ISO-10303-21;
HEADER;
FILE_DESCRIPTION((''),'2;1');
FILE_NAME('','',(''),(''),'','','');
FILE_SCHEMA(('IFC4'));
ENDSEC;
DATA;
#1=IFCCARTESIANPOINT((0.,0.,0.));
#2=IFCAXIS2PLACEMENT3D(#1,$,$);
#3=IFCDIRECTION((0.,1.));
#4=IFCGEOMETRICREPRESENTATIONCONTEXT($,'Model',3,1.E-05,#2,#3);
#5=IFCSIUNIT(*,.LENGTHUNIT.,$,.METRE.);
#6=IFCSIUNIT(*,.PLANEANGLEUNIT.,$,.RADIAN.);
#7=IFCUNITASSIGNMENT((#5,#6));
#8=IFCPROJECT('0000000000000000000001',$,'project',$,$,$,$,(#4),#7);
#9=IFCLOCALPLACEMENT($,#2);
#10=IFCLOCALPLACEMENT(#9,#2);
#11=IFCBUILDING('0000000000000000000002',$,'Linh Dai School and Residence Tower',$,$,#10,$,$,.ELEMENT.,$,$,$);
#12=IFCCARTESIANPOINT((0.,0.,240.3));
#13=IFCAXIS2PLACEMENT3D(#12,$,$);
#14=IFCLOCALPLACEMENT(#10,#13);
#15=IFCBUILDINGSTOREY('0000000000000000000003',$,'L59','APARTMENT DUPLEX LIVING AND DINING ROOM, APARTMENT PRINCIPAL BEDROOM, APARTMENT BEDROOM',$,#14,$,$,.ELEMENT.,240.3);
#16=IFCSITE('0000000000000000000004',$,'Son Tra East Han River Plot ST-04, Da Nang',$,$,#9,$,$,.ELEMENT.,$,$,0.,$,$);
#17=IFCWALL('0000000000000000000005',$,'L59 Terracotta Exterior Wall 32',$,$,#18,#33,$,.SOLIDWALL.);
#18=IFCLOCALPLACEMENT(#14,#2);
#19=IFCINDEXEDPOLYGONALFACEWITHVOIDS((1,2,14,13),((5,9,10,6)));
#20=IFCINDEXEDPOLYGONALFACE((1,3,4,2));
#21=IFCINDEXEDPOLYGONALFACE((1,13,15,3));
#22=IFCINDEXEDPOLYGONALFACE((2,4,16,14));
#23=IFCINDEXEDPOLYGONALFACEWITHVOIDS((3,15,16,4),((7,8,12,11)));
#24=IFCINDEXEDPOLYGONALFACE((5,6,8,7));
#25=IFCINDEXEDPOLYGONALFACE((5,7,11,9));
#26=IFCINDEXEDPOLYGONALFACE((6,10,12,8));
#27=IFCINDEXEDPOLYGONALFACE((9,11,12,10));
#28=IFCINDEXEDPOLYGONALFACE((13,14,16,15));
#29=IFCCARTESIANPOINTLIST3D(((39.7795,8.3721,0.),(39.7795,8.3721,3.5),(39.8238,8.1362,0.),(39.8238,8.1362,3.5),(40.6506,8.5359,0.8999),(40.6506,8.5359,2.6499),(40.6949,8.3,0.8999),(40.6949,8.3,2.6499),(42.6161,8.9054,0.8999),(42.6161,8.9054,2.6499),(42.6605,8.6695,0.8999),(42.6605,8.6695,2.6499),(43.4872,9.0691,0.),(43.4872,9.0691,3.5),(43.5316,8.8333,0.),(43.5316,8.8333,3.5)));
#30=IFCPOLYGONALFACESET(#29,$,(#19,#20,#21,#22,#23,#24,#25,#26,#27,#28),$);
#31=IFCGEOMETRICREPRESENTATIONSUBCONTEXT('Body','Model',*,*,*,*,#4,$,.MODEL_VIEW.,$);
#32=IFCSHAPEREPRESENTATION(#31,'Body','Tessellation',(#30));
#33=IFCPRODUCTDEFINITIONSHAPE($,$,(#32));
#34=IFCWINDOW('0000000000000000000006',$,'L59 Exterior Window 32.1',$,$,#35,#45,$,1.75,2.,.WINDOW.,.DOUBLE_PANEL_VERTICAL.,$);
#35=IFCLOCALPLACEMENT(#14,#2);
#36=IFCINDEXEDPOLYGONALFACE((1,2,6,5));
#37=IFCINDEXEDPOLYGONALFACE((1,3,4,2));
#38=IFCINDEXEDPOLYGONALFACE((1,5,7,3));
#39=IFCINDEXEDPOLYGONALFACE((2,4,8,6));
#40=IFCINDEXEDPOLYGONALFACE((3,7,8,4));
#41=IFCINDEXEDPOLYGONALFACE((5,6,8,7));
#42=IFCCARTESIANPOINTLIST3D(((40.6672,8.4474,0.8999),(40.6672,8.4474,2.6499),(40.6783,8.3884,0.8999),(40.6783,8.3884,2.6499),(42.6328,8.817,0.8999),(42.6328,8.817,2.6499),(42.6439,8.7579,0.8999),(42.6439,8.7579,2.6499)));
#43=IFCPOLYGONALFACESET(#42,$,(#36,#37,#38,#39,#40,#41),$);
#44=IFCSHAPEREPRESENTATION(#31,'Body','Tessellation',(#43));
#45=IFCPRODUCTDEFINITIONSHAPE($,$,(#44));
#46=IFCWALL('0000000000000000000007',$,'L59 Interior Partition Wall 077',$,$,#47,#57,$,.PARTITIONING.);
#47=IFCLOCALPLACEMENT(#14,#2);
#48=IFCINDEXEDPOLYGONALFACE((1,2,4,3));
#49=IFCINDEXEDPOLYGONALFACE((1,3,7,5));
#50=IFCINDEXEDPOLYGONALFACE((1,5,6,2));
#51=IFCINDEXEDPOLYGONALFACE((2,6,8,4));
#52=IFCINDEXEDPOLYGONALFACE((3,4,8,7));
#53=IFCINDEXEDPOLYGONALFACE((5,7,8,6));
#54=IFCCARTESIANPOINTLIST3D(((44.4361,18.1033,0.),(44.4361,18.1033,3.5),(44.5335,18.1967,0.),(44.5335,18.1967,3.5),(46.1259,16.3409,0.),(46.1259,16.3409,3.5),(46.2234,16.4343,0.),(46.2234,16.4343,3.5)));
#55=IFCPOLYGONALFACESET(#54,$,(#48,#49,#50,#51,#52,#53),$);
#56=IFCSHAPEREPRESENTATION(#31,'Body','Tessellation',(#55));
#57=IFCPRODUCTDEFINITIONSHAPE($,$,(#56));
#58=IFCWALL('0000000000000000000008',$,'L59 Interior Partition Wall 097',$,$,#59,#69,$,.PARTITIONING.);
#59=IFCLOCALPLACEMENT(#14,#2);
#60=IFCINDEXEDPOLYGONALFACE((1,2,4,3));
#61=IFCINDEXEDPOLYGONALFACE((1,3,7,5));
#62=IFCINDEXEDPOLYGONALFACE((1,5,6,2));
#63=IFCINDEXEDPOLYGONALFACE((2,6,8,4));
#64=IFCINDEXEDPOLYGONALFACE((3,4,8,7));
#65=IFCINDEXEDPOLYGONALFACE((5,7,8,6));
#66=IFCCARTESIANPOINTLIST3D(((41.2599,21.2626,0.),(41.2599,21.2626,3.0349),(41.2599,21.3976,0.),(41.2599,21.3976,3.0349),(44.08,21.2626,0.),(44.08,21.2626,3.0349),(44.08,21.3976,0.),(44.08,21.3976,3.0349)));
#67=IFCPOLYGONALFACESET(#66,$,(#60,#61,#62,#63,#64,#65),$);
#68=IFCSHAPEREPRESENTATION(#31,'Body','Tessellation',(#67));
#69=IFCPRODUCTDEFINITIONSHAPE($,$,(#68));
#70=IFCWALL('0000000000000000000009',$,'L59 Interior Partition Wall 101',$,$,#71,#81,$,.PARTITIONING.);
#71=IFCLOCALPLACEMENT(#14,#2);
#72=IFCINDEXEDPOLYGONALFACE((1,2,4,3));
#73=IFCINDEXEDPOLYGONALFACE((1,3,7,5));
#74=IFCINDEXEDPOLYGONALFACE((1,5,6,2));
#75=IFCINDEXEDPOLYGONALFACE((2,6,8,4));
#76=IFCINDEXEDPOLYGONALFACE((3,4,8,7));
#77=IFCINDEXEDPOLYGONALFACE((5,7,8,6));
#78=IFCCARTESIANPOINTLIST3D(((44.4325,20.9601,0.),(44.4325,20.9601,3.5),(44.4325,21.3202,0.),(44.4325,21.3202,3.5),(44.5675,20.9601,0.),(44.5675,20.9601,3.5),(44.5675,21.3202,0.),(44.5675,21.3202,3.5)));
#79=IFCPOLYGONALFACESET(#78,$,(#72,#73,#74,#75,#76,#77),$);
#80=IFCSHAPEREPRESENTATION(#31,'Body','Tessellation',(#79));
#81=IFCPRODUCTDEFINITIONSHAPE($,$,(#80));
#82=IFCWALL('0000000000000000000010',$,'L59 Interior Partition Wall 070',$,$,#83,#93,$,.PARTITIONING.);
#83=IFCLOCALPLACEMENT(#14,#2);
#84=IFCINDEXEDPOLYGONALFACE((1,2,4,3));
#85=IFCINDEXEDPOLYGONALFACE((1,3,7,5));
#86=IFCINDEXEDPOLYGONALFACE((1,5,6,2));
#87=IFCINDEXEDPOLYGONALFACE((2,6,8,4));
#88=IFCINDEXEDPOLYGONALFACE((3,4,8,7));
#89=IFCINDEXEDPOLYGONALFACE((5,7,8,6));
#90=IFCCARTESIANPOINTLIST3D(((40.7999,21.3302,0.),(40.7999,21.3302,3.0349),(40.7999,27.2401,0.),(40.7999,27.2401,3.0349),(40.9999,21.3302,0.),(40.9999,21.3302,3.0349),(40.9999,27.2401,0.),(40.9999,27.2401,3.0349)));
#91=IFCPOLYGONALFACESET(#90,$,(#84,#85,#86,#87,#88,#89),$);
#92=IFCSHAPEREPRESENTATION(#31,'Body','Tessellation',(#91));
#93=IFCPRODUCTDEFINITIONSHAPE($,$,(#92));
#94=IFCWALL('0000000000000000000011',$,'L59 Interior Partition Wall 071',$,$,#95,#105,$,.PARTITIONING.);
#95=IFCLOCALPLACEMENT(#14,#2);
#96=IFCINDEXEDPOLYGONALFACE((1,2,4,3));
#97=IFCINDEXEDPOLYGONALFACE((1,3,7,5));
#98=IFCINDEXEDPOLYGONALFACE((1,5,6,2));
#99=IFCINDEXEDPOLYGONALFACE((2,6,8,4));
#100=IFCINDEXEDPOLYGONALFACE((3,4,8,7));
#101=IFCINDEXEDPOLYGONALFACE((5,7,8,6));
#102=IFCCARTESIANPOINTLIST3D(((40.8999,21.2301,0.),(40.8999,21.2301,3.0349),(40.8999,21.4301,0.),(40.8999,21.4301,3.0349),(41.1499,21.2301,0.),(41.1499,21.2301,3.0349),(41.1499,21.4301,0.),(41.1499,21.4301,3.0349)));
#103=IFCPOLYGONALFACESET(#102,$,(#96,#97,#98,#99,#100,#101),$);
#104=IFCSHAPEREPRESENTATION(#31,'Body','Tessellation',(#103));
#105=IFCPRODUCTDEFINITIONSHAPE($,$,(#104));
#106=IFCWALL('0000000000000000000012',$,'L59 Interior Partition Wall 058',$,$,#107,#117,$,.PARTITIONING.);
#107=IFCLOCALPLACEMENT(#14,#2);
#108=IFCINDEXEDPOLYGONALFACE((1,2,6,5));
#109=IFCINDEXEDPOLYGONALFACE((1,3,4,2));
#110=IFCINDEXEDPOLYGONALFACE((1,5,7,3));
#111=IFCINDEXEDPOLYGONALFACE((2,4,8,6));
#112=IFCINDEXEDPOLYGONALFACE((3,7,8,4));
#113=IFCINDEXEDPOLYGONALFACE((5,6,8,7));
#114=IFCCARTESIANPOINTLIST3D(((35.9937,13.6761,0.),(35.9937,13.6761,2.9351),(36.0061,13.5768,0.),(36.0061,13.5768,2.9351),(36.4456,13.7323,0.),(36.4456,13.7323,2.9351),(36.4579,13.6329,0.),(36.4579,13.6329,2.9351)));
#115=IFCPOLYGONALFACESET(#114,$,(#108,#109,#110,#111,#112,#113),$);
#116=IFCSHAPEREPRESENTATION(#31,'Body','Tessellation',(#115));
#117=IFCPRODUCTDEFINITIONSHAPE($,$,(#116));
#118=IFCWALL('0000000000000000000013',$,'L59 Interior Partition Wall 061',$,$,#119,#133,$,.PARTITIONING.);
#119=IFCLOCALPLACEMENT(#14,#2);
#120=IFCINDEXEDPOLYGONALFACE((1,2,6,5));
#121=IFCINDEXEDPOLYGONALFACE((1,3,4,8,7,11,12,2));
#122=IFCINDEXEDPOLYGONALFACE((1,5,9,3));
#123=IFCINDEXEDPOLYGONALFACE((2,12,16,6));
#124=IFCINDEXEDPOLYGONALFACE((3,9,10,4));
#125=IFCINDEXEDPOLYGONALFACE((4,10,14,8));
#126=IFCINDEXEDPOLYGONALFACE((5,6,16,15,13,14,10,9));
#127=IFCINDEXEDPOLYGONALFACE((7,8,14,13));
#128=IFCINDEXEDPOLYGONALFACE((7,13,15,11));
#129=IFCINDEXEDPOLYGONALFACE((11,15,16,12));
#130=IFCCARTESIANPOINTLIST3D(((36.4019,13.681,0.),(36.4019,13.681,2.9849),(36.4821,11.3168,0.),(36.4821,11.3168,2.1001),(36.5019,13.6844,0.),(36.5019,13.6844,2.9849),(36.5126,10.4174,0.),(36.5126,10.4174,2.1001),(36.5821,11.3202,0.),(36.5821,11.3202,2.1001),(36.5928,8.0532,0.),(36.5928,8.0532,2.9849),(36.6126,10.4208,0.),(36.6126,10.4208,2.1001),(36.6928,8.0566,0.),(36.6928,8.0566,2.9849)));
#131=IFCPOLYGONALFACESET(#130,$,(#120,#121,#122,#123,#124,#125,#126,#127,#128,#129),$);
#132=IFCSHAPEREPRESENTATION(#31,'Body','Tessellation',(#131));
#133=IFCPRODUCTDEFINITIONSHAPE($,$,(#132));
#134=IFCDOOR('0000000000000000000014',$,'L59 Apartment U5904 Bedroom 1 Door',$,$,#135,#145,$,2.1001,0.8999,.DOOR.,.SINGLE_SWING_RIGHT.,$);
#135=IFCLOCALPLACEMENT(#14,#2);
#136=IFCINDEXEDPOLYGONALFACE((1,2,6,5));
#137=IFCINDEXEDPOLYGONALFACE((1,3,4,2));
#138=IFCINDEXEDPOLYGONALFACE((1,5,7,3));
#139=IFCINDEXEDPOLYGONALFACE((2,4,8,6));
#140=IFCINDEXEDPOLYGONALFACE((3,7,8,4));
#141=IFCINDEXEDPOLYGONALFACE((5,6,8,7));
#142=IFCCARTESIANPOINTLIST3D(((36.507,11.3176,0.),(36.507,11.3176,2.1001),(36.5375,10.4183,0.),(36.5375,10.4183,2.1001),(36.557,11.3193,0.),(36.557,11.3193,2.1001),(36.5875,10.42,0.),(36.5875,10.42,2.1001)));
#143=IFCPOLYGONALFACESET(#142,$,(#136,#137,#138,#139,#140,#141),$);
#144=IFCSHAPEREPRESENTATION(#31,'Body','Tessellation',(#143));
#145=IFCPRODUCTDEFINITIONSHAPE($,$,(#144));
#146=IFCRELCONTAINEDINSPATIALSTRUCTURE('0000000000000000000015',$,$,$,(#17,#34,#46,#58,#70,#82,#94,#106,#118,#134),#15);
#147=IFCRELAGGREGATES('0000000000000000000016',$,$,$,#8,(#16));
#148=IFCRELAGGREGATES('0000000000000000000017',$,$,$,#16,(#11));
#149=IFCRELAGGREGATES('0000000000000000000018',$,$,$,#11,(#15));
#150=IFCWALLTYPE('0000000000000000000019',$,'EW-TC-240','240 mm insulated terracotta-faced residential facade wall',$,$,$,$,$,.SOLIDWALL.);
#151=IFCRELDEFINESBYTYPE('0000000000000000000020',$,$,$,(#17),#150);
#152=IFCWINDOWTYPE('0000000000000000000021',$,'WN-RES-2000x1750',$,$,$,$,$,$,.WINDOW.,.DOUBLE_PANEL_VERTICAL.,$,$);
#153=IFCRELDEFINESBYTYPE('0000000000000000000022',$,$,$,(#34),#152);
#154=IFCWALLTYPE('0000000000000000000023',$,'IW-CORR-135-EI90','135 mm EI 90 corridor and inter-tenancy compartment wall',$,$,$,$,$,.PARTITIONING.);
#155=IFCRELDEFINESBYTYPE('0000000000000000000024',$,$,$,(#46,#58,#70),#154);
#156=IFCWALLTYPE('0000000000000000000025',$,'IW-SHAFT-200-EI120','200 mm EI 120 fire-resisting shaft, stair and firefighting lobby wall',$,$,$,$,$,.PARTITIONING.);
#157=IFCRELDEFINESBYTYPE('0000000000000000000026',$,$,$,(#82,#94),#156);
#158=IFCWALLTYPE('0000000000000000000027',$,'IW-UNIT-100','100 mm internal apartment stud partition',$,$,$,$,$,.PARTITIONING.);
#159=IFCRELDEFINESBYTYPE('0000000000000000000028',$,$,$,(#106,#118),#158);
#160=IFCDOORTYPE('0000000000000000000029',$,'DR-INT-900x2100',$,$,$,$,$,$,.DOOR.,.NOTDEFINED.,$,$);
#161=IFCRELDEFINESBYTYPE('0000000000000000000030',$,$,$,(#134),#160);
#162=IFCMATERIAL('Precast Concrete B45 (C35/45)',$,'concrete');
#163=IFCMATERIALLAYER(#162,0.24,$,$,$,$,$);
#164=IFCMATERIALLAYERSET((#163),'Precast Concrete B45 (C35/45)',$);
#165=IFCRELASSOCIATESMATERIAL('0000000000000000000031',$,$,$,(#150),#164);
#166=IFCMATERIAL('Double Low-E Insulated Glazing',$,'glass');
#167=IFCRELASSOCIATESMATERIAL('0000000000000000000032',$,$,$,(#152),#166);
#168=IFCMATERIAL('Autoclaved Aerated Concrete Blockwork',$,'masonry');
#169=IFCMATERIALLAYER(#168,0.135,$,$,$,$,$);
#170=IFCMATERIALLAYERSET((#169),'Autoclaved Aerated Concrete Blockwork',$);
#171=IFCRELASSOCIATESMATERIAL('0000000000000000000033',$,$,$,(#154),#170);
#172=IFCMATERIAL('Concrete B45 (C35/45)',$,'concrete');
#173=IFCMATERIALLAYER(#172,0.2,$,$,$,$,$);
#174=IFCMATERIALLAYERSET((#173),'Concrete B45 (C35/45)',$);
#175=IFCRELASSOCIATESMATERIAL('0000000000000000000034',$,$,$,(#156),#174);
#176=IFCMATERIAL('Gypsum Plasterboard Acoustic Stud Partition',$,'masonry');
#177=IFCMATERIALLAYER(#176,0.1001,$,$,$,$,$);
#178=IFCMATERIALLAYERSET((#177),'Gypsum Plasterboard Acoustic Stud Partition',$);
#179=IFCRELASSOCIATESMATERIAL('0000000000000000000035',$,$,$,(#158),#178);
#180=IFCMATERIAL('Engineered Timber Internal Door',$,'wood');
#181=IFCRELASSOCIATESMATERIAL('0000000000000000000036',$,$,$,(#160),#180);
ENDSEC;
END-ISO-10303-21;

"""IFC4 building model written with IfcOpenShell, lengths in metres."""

from ifc_helpers import new_model, si_unit, direction, frame, frame_2d, origin, origin_2d, place, context, subcontext, project, spatial, rectangle, extrude, source, transform, mapped, material, layer, layer_set, type_object, element, fill, save


model = new_model("IFC4")

# Units and contexts
model_context = context("Model", 3, precision=1e-05, world=origin(), true_north=direction((0.0, 1.0)))
body_context = subcontext(model_context, "Body", "Model", "MODEL_VIEW")
ifc_project = project(units=[si_unit("LENGTHUNIT", "METRE"), si_unit("PLANEANGLEUNIT", "RADIAN")], contexts=[model_context])

# Site, building, storey
site_placement = place(None, origin())
site = spatial("IfcSite", under=ifc_project, at=site_placement, Name="Son Tra East Han River Plot ST-04, Da Nang", CompositionType="ELEMENT", RefElevation=0.0)
building_placement = place(site_placement, origin())
building = spatial("IfcBuilding", under=site, at=building_placement, Name="Linh Dai School and Residence Tower", CompositionType="ELEMENT")
storey_placement = place(building_placement, frame((0.0, 0.0, 240.3)))
storey = spatial("IfcBuildingStorey", under=building, at=storey_placement, Name="L59", Description="APARTMENT DUPLEX LIVING AND DINING ROOM, APARTMENT PRINCIPAL BEDROOM, APARTMENT BEDROOM", CompositionType="ELEMENT", Elevation=240.3)

# Wall, opening, window
ifc_material_1 = material(Name="Precast Concrete B45 (C35/45)", Category="concrete")
ifc_layer_1 = layer(ifc_material_1, 0.24)
ifc_layer_set_1 = layer_set([ifc_layer_1], Name="Precast Concrete B45 (C35/45)")
wall_type_1 = type_object("IfcWallType", Name="EW-TC-240", Description="240 mm insulated terracotta-faced residential facade wall", PredefinedType="SOLIDWALL", material=ifc_layer_set_1)
ifc_material_2 = material(Name="Double Low-E Insulated Glazing", Category="glass")
window_type_1 = type_object("IfcWindowType", Name="WN-RES-2000x1750", PartitioningType="DOUBLE_PANEL_VERTICAL", PredefinedType="WINDOW", material=ifc_material_2)
shared_shape_1 = source(origin(), body_context, "Body", "SweptSolid", [
    extrude(rectangle(XDim=2.0, YDim=1.75, at=origin_2d()), frame((1.0, 0.03, 0.875), z_axis=(0.0, -1.0, 0.0), x_axis=(1.0, 0.0, 0.0)), (0.0, 0.0, 1.0), 0.0601),
])
wall_1_placement = place(storey_placement, frame((43.5093, 8.9512, 0.0), z_axis=(0.0, 0.0, 1.0), x_axis=(-0.982785, -0.184753, 0.0)))
wall_1 = element("IfcWall", 1, at=wall_1_placement, inside=storey, type_object=wall_type_1, Name="L59 Terracotta Exterior Wall 32", PredefinedType="SOLIDWALL", context=body_context, shape_type="SweptSolid", body=[
    extrude(rectangle(XDim=3.7727, YDim=0.24, at=frame_2d((1.8862, 0.0))), origin(), (0.0, 0.0, 1.0), 3.5),
])
opening_1_placement = place(wall_1_placement, frame((0.8862, 0.0, 0.8999)))
opening_1 = element("IfcOpeningElement", 2, at=opening_1_placement, cuts=wall_1, PredefinedType="OPENING", context=body_context, shape_type="SweptSolid", body=[
    extrude(rectangle(XDim=2.0, YDim=1.75, at=origin_2d()), frame((1.0, 0.1299, 0.875), z_axis=(0.0, -1.0, 0.0), x_axis=(1.0, 0.0, 0.0)), (0.0, 0.0, 1.0), 0.26),
])
window_1_placement = place(opening_1_placement, origin())
window_1 = element("IfcWindow", 3, at=window_1_placement, inside=storey, type_object=window_type_1, Name="L59 Exterior Window 32.1", OverallHeight=1.75, OverallWidth=2.0, PartitioningType="DOUBLE_PANEL_VERTICAL", PredefinedType="WINDOW", context=body_context, shape_type="MappedRepresentation", body=[
    mapped(shared_shape_1, transform((0.0, 0.0, 0.0), x_axis=(1.0, 0.0, 0.0), y_axis=(0.0, 1.0, 0.0), z_axis=(0.0, 0.0, 1.0), scale=1.0)),
])
fill(opening_1, window_1)

# Walls
ifc_material_3 = material(Name="Autoclaved Aerated Concrete Blockwork", Category="masonry")
ifc_layer_2 = layer(ifc_material_3, 0.135)
ifc_layer_set_2 = layer_set([ifc_layer_2], Name="Autoclaved Aerated Concrete Blockwork")
wall_type_2 = type_object("IfcWallType", Name="IW-CORR-135-EI90", Description="135 mm EI 90 corridor and inter-tenancy compartment wall", PredefinedType="PARTITIONING", material=ifc_layer_set_2)
wall_2_placement = place(storey_placement, frame((44.4849, 18.1499, 0.0), z_axis=(0.0, 0.0, 1.0), x_axis=(0.692103, -0.721799, 0.0)))
element("IfcWall", 4, at=wall_2_placement, inside=storey, type_object=wall_type_2, Name="L59 Interior Partition Wall 077", PredefinedType="PARTITIONING", context=body_context, shape_type="SweptSolid", body=[
    extrude(rectangle(XDim=2.4417, YDim=0.135, at=frame_2d((1.2207, 0.0))), origin(), (0.0, 0.0, 1.0), 3.5),
])
wall_3_placement = place(storey_placement, frame((44.0801, 21.3301, 0.0), z_axis=(0.0, 0.0, 1.0), x_axis=(-1.0, 0.0, 0.0)))
element("IfcWall", 5, at=wall_3_placement, inside=storey, type_object=wall_type_2, Name="L59 Interior Partition Wall 097", PredefinedType="PARTITIONING", context=body_context, shape_type="SweptSolid", body=[
    extrude(rectangle(XDim=2.8201, YDim=0.135, at=frame_2d((1.4102, 0.0))), origin(), (0.0, 0.0, 1.0), 3.0349),
])
wall_4_placement = place(storey_placement, frame((44.5, 20.96, 0.0), z_axis=(0.0, 0.0, 1.0), x_axis=(0.0, 1.0, 0.0)))
element("IfcWall", 6, at=wall_4_placement, inside=storey, type_object=wall_type_2, Name="L59 Interior Partition Wall 101", PredefinedType="PARTITIONING", context=body_context, shape_type="SweptSolid", body=[
    extrude(rectangle(XDim=0.3601, YDim=0.135, at=frame_2d((0.1802, 0.0))), origin(), (0.0, 0.0, 1.0), 3.5),
])
ifc_material_4 = material(Name="Concrete B45 (C35/45)", Category="concrete")
ifc_layer_3 = layer(ifc_material_4, 0.2)
ifc_layer_set_3 = layer_set([ifc_layer_3], Name="Concrete B45 (C35/45)")
wall_type_3 = type_object("IfcWallType", Name="IW-SHAFT-200-EI120", Description="200 mm EI 120 fire-resisting shaft, stair and firefighting lobby wall", PredefinedType="PARTITIONING", material=ifc_layer_set_3)
wall_5_placement = place(storey_placement, frame((40.8999, 21.3301, 0.0), z_axis=(0.0, 0.0, 1.0), x_axis=(0.0, 1.0, 0.0)))
element("IfcWall", 7, at=wall_5_placement, inside=storey, type_object=wall_type_3, Name="L59 Interior Partition Wall 070", PredefinedType="PARTITIONING", context=body_context, shape_type="SweptSolid", body=[
    extrude(rectangle(XDim=5.9099, YDim=0.2, at=frame_2d((2.9551, 0.0))), origin(), (0.0, 0.0, 1.0), 3.0349),
])
wall_6_placement = place(storey_placement, frame((40.8999, 21.3301, 0.0), z_axis=(0.0, 0.0, 1.0), x_axis=(1.0, 0.0, 0.0)))
element("IfcWall", 8, at=wall_6_placement, inside=storey, type_object=wall_type_3, Name="L59 Interior Partition Wall 071", PredefinedType="PARTITIONING", context=body_context, shape_type="SweptSolid", body=[
    extrude(rectangle(XDim=0.25, YDim=0.2, at=frame_2d((0.125, 0.0))), origin(), (0.0, 0.0, 1.0), 3.0349),
])
ifc_material_5 = material(Name="Gypsum Plasterboard Acoustic Stud Partition", Category="masonry")
ifc_layer_4 = layer(ifc_material_5, 0.1001)
ifc_layer_set_4 = layer_set([ifc_layer_4], Name="Gypsum Plasterboard Acoustic Stud Partition")
wall_type_4 = type_object("IfcWallType", Name="IW-UNIT-100", Description="100 mm internal apartment stud partition", PredefinedType="PARTITIONING", material=ifc_layer_set_4)
wall_7_placement = place(storey_placement, frame((36.0, 13.6265, 0.0), z_axis=(0.0, 0.0, 1.0), x_axis=(0.992368, 0.123309, 0.0)))
element("IfcWall", 9, at=wall_7_placement, inside=storey, type_object=wall_type_4, Name="L59 Interior Partition Wall 058", PredefinedType="PARTITIONING", context=body_context, shape_type="SweptSolid", body=[
    extrude(rectangle(XDim=0.4553, YDim=0.1001, at=frame_2d((0.2275, 0.0))), origin(), (0.0, 0.0, 1.0), 2.9351),
])

# Wall, opening, door
wall_8_placement = place(storey_placement, frame((36.4519, 13.6826, 0.0), z_axis=(0.0, 0.0, 1.0), x_axis=(0.033904, -0.999425, 0.0)))
wall_8 = element("IfcWall", 10, at=wall_8_placement, inside=storey, type_object=wall_type_4, Name="L59 Interior Partition Wall 061", PredefinedType="PARTITIONING", context=body_context, shape_type="SweptSolid", body=[
    extrude(rectangle(XDim=5.6311, YDim=0.1001, at=frame_2d((2.8154, 0.0))), origin(), (0.0, 0.0, 1.0), 2.9849),
])
opening_2_placement = place(wall_8_placement, frame((2.3655, 0.0, 0.0)))
opening_2 = element("IfcOpeningElement", 11, at=opening_2_placement, cuts=wall_8, PredefinedType="OPENING", context=body_context, shape_type="SweptSolid", body=[
    extrude(rectangle(XDim=0.8999, YDim=2.1001, at=origin_2d()), frame((0.45, 0.0601, 1.05), z_axis=(0.0, -1.0, 0.0), x_axis=(1.0, 0.0, 0.0)), (0.0, 0.0, 1.0), 0.1201),
])
ifc_material_6 = material(Name="Engineered Timber Internal Door", Category="wood")
door_type = type_object("IfcDoorType", Name="DR-INT-900x2100", OperationType="NOTDEFINED", PredefinedType="DOOR", material=ifc_material_6)
shared_shape_2 = source(origin(), body_context, "Body", "SweptSolid", [
    extrude(rectangle(XDim=0.8999, YDim=2.1001, at=origin_2d()), frame((0.45, 0.0249, 1.05), z_axis=(0.0, -1.0, 0.0), x_axis=(1.0, 0.0, 0.0)), (0.0, 0.0, 1.0), 0.05),
])
door_1_placement = place(opening_2_placement, origin())
door_1 = element("IfcDoor", 12, at=door_1_placement, inside=storey, type_object=door_type, Name="L59 Apartment U5904 Bedroom 1 Door", OperationType="SINGLE_SWING_RIGHT", OverallHeight=2.1001, OverallWidth=0.8999, PredefinedType="DOOR", context=body_context, shape_type="MappedRepresentation", body=[
    mapped(shared_shape_2, transform((0.0, 0.0, 0.0), x_axis=(1.0, 0.0, 0.0), y_axis=(0.0, 1.0, 0.0), z_axis=(0.0, 0.0, 1.0), scale=1.0)),
])
fill(opening_2, door_1)

save(model, "model.ifc")
